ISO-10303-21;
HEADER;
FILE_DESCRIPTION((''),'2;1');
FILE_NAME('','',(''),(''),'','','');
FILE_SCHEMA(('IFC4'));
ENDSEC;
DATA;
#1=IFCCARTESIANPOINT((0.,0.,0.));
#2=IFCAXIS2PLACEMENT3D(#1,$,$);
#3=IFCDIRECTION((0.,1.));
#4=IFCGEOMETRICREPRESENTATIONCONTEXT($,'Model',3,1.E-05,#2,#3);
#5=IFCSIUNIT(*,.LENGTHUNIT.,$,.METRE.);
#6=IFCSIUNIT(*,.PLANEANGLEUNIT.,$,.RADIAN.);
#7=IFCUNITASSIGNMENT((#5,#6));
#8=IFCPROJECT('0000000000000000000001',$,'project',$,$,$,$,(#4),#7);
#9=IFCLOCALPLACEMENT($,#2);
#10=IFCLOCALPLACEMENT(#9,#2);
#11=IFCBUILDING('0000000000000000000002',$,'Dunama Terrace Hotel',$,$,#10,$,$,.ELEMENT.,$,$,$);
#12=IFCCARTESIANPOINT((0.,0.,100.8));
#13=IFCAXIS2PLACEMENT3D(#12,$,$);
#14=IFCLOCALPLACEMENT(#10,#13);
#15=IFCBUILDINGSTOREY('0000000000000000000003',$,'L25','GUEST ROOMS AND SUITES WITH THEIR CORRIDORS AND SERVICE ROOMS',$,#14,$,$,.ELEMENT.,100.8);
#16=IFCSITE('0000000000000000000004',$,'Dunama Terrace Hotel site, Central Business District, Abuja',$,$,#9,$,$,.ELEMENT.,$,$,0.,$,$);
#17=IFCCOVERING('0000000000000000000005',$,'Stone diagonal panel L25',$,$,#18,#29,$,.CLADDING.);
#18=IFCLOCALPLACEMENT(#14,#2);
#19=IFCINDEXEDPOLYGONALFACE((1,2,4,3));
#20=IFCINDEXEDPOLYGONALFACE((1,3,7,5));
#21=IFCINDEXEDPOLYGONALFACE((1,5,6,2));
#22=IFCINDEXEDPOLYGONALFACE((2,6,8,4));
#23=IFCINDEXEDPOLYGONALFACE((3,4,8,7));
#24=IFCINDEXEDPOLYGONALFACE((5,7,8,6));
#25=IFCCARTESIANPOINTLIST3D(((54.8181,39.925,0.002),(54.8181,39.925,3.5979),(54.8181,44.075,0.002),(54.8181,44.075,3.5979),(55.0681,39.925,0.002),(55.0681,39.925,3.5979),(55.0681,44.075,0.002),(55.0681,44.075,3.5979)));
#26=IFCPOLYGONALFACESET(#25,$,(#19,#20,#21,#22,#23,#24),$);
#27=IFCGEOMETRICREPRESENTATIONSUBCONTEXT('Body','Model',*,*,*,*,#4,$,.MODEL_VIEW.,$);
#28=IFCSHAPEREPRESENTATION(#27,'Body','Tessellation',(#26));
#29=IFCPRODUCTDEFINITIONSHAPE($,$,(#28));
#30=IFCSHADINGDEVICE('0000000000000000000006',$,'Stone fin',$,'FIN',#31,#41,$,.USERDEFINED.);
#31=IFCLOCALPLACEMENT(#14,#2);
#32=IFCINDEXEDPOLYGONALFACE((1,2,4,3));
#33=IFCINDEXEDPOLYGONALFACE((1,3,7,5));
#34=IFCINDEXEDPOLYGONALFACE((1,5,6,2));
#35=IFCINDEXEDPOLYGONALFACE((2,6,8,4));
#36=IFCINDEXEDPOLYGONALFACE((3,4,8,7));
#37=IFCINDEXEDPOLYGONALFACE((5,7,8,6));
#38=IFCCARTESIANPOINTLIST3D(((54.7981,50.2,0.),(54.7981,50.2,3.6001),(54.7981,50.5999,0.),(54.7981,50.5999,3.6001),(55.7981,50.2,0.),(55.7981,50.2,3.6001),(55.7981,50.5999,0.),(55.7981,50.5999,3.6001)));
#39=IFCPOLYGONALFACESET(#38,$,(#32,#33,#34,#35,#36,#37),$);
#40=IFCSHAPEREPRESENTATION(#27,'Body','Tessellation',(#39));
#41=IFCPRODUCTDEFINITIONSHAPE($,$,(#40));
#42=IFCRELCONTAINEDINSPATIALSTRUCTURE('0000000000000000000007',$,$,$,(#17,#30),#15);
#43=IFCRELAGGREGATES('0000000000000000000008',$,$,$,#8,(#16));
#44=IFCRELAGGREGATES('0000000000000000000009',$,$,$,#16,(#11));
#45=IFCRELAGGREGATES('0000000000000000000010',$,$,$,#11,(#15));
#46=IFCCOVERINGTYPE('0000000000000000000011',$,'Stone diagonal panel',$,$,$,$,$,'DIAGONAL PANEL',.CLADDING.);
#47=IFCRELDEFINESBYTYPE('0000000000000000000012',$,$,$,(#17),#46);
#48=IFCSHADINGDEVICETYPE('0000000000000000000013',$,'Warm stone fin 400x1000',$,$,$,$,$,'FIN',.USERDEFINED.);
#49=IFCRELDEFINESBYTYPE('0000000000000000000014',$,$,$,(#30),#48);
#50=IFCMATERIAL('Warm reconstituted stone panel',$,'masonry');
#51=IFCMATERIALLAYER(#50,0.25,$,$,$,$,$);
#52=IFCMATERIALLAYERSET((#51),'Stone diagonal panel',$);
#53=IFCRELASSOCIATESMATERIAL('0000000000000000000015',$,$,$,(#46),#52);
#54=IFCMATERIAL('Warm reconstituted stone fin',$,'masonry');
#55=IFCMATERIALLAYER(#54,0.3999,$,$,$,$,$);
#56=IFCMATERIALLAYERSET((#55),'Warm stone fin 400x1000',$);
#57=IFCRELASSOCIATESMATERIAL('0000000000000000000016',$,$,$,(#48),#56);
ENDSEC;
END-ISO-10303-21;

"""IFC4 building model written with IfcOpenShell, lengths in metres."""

from ifc_helpers import new_model, si_unit, direction, frame, origin, origin_2d, place, context, subcontext, project, spatial, rectangle, extrude, material, layer, layer_set, type_object, element, save


model = new_model("IFC4")

# Units and contexts
model_context = context("Model", 3, precision=1e-05, world=origin(), true_north=direction((0.0, 1.0)))
body_context = subcontext(model_context, "Body", "Model", "MODEL_VIEW")
ifc_project = project(units=[si_unit("LENGTHUNIT", "METRE"), si_unit("PLANEANGLEUNIT", "RADIAN")], contexts=[model_context])

# Site, building, storey
site_placement = place(None, origin())
site = spatial("IfcSite", under=ifc_project, at=site_placement, Name="Dunama Terrace Hotel site, Central Business District, Abuja", CompositionType="ELEMENT", RefElevation=0.0)
building_placement = place(site_placement, origin())
building = spatial("IfcBuilding", under=site, at=building_placement, Name="Dunama Terrace Hotel", CompositionType="ELEMENT")
storey_placement = place(building_placement, frame((0.0, 0.0, 100.8)))
storey = spatial("IfcBuildingStorey", under=building, at=storey_placement, Name="L25", Description="GUEST ROOMS AND SUITES WITH THEIR CORRIDORS AND SERVICE ROOMS", CompositionType="ELEMENT", Elevation=100.8)

# Covering
ifc_material_1 = material(Name="Warm reconstituted stone panel", Category="masonry")
ifc_layer_1 = layer(ifc_material_1, 0.25)
ifc_layer_set_1 = layer_set([ifc_layer_1], Name="Stone diagonal panel")
covering_type = type_object("IfcCoveringType", Name="Stone diagonal panel", ElementType="DIAGONAL PANEL", PredefinedType="CLADDING", material=ifc_layer_set_1)
covering_placement = place(storey_placement, frame((54.9431, 42.0, 0.002), z_axis=(0.0, 0.0, 1.0), x_axis=(0.0, 1.0, 0.0)))
element("IfcCovering", 1, at=covering_placement, inside=storey, type_object=covering_type, Name="Stone diagonal panel L25", PredefinedType="CLADDING", context=body_context, shape_type="SweptSolid", body=[
    extrude(rectangle(XDim=4.1499, YDim=0.25, at=origin_2d()), origin(), (0.0, 0.0, 1.0), 3.5959),
])

# Shading device
ifc_material_2 = material(Name="Warm reconstituted stone fin", Category="masonry")
ifc_layer_2 = layer(ifc_material_2, 0.3999)
ifc_layer_set_2 = layer_set([ifc_layer_2], Name="Warm stone fin 400x1000")
shading_device_type = type_object("IfcShadingDeviceType", Name="Warm stone fin 400x1000", ElementType="FIN", PredefinedType="USERDEFINED", material=ifc_layer_set_2)
shading_device_placement = place(storey_placement, frame((55.2981, 50.3999, 0.0), z_axis=(0.0, 0.0, 1.0), x_axis=(0.0, 1.0, 0.0)))
element("IfcShadingDevice", 2, at=shading_device_placement, inside=storey, type_object=shading_device_type, Name="Stone fin", ObjectType="FIN", PredefinedType="USERDEFINED", context=body_context, shape_type="SweptSolid", body=[
    extrude(rectangle(XDim=0.3999, YDim=1.0, at=origin_2d()), origin(), (0.0, 0.0, 1.0), 3.6001),
])

save(model, "model.ifc")
